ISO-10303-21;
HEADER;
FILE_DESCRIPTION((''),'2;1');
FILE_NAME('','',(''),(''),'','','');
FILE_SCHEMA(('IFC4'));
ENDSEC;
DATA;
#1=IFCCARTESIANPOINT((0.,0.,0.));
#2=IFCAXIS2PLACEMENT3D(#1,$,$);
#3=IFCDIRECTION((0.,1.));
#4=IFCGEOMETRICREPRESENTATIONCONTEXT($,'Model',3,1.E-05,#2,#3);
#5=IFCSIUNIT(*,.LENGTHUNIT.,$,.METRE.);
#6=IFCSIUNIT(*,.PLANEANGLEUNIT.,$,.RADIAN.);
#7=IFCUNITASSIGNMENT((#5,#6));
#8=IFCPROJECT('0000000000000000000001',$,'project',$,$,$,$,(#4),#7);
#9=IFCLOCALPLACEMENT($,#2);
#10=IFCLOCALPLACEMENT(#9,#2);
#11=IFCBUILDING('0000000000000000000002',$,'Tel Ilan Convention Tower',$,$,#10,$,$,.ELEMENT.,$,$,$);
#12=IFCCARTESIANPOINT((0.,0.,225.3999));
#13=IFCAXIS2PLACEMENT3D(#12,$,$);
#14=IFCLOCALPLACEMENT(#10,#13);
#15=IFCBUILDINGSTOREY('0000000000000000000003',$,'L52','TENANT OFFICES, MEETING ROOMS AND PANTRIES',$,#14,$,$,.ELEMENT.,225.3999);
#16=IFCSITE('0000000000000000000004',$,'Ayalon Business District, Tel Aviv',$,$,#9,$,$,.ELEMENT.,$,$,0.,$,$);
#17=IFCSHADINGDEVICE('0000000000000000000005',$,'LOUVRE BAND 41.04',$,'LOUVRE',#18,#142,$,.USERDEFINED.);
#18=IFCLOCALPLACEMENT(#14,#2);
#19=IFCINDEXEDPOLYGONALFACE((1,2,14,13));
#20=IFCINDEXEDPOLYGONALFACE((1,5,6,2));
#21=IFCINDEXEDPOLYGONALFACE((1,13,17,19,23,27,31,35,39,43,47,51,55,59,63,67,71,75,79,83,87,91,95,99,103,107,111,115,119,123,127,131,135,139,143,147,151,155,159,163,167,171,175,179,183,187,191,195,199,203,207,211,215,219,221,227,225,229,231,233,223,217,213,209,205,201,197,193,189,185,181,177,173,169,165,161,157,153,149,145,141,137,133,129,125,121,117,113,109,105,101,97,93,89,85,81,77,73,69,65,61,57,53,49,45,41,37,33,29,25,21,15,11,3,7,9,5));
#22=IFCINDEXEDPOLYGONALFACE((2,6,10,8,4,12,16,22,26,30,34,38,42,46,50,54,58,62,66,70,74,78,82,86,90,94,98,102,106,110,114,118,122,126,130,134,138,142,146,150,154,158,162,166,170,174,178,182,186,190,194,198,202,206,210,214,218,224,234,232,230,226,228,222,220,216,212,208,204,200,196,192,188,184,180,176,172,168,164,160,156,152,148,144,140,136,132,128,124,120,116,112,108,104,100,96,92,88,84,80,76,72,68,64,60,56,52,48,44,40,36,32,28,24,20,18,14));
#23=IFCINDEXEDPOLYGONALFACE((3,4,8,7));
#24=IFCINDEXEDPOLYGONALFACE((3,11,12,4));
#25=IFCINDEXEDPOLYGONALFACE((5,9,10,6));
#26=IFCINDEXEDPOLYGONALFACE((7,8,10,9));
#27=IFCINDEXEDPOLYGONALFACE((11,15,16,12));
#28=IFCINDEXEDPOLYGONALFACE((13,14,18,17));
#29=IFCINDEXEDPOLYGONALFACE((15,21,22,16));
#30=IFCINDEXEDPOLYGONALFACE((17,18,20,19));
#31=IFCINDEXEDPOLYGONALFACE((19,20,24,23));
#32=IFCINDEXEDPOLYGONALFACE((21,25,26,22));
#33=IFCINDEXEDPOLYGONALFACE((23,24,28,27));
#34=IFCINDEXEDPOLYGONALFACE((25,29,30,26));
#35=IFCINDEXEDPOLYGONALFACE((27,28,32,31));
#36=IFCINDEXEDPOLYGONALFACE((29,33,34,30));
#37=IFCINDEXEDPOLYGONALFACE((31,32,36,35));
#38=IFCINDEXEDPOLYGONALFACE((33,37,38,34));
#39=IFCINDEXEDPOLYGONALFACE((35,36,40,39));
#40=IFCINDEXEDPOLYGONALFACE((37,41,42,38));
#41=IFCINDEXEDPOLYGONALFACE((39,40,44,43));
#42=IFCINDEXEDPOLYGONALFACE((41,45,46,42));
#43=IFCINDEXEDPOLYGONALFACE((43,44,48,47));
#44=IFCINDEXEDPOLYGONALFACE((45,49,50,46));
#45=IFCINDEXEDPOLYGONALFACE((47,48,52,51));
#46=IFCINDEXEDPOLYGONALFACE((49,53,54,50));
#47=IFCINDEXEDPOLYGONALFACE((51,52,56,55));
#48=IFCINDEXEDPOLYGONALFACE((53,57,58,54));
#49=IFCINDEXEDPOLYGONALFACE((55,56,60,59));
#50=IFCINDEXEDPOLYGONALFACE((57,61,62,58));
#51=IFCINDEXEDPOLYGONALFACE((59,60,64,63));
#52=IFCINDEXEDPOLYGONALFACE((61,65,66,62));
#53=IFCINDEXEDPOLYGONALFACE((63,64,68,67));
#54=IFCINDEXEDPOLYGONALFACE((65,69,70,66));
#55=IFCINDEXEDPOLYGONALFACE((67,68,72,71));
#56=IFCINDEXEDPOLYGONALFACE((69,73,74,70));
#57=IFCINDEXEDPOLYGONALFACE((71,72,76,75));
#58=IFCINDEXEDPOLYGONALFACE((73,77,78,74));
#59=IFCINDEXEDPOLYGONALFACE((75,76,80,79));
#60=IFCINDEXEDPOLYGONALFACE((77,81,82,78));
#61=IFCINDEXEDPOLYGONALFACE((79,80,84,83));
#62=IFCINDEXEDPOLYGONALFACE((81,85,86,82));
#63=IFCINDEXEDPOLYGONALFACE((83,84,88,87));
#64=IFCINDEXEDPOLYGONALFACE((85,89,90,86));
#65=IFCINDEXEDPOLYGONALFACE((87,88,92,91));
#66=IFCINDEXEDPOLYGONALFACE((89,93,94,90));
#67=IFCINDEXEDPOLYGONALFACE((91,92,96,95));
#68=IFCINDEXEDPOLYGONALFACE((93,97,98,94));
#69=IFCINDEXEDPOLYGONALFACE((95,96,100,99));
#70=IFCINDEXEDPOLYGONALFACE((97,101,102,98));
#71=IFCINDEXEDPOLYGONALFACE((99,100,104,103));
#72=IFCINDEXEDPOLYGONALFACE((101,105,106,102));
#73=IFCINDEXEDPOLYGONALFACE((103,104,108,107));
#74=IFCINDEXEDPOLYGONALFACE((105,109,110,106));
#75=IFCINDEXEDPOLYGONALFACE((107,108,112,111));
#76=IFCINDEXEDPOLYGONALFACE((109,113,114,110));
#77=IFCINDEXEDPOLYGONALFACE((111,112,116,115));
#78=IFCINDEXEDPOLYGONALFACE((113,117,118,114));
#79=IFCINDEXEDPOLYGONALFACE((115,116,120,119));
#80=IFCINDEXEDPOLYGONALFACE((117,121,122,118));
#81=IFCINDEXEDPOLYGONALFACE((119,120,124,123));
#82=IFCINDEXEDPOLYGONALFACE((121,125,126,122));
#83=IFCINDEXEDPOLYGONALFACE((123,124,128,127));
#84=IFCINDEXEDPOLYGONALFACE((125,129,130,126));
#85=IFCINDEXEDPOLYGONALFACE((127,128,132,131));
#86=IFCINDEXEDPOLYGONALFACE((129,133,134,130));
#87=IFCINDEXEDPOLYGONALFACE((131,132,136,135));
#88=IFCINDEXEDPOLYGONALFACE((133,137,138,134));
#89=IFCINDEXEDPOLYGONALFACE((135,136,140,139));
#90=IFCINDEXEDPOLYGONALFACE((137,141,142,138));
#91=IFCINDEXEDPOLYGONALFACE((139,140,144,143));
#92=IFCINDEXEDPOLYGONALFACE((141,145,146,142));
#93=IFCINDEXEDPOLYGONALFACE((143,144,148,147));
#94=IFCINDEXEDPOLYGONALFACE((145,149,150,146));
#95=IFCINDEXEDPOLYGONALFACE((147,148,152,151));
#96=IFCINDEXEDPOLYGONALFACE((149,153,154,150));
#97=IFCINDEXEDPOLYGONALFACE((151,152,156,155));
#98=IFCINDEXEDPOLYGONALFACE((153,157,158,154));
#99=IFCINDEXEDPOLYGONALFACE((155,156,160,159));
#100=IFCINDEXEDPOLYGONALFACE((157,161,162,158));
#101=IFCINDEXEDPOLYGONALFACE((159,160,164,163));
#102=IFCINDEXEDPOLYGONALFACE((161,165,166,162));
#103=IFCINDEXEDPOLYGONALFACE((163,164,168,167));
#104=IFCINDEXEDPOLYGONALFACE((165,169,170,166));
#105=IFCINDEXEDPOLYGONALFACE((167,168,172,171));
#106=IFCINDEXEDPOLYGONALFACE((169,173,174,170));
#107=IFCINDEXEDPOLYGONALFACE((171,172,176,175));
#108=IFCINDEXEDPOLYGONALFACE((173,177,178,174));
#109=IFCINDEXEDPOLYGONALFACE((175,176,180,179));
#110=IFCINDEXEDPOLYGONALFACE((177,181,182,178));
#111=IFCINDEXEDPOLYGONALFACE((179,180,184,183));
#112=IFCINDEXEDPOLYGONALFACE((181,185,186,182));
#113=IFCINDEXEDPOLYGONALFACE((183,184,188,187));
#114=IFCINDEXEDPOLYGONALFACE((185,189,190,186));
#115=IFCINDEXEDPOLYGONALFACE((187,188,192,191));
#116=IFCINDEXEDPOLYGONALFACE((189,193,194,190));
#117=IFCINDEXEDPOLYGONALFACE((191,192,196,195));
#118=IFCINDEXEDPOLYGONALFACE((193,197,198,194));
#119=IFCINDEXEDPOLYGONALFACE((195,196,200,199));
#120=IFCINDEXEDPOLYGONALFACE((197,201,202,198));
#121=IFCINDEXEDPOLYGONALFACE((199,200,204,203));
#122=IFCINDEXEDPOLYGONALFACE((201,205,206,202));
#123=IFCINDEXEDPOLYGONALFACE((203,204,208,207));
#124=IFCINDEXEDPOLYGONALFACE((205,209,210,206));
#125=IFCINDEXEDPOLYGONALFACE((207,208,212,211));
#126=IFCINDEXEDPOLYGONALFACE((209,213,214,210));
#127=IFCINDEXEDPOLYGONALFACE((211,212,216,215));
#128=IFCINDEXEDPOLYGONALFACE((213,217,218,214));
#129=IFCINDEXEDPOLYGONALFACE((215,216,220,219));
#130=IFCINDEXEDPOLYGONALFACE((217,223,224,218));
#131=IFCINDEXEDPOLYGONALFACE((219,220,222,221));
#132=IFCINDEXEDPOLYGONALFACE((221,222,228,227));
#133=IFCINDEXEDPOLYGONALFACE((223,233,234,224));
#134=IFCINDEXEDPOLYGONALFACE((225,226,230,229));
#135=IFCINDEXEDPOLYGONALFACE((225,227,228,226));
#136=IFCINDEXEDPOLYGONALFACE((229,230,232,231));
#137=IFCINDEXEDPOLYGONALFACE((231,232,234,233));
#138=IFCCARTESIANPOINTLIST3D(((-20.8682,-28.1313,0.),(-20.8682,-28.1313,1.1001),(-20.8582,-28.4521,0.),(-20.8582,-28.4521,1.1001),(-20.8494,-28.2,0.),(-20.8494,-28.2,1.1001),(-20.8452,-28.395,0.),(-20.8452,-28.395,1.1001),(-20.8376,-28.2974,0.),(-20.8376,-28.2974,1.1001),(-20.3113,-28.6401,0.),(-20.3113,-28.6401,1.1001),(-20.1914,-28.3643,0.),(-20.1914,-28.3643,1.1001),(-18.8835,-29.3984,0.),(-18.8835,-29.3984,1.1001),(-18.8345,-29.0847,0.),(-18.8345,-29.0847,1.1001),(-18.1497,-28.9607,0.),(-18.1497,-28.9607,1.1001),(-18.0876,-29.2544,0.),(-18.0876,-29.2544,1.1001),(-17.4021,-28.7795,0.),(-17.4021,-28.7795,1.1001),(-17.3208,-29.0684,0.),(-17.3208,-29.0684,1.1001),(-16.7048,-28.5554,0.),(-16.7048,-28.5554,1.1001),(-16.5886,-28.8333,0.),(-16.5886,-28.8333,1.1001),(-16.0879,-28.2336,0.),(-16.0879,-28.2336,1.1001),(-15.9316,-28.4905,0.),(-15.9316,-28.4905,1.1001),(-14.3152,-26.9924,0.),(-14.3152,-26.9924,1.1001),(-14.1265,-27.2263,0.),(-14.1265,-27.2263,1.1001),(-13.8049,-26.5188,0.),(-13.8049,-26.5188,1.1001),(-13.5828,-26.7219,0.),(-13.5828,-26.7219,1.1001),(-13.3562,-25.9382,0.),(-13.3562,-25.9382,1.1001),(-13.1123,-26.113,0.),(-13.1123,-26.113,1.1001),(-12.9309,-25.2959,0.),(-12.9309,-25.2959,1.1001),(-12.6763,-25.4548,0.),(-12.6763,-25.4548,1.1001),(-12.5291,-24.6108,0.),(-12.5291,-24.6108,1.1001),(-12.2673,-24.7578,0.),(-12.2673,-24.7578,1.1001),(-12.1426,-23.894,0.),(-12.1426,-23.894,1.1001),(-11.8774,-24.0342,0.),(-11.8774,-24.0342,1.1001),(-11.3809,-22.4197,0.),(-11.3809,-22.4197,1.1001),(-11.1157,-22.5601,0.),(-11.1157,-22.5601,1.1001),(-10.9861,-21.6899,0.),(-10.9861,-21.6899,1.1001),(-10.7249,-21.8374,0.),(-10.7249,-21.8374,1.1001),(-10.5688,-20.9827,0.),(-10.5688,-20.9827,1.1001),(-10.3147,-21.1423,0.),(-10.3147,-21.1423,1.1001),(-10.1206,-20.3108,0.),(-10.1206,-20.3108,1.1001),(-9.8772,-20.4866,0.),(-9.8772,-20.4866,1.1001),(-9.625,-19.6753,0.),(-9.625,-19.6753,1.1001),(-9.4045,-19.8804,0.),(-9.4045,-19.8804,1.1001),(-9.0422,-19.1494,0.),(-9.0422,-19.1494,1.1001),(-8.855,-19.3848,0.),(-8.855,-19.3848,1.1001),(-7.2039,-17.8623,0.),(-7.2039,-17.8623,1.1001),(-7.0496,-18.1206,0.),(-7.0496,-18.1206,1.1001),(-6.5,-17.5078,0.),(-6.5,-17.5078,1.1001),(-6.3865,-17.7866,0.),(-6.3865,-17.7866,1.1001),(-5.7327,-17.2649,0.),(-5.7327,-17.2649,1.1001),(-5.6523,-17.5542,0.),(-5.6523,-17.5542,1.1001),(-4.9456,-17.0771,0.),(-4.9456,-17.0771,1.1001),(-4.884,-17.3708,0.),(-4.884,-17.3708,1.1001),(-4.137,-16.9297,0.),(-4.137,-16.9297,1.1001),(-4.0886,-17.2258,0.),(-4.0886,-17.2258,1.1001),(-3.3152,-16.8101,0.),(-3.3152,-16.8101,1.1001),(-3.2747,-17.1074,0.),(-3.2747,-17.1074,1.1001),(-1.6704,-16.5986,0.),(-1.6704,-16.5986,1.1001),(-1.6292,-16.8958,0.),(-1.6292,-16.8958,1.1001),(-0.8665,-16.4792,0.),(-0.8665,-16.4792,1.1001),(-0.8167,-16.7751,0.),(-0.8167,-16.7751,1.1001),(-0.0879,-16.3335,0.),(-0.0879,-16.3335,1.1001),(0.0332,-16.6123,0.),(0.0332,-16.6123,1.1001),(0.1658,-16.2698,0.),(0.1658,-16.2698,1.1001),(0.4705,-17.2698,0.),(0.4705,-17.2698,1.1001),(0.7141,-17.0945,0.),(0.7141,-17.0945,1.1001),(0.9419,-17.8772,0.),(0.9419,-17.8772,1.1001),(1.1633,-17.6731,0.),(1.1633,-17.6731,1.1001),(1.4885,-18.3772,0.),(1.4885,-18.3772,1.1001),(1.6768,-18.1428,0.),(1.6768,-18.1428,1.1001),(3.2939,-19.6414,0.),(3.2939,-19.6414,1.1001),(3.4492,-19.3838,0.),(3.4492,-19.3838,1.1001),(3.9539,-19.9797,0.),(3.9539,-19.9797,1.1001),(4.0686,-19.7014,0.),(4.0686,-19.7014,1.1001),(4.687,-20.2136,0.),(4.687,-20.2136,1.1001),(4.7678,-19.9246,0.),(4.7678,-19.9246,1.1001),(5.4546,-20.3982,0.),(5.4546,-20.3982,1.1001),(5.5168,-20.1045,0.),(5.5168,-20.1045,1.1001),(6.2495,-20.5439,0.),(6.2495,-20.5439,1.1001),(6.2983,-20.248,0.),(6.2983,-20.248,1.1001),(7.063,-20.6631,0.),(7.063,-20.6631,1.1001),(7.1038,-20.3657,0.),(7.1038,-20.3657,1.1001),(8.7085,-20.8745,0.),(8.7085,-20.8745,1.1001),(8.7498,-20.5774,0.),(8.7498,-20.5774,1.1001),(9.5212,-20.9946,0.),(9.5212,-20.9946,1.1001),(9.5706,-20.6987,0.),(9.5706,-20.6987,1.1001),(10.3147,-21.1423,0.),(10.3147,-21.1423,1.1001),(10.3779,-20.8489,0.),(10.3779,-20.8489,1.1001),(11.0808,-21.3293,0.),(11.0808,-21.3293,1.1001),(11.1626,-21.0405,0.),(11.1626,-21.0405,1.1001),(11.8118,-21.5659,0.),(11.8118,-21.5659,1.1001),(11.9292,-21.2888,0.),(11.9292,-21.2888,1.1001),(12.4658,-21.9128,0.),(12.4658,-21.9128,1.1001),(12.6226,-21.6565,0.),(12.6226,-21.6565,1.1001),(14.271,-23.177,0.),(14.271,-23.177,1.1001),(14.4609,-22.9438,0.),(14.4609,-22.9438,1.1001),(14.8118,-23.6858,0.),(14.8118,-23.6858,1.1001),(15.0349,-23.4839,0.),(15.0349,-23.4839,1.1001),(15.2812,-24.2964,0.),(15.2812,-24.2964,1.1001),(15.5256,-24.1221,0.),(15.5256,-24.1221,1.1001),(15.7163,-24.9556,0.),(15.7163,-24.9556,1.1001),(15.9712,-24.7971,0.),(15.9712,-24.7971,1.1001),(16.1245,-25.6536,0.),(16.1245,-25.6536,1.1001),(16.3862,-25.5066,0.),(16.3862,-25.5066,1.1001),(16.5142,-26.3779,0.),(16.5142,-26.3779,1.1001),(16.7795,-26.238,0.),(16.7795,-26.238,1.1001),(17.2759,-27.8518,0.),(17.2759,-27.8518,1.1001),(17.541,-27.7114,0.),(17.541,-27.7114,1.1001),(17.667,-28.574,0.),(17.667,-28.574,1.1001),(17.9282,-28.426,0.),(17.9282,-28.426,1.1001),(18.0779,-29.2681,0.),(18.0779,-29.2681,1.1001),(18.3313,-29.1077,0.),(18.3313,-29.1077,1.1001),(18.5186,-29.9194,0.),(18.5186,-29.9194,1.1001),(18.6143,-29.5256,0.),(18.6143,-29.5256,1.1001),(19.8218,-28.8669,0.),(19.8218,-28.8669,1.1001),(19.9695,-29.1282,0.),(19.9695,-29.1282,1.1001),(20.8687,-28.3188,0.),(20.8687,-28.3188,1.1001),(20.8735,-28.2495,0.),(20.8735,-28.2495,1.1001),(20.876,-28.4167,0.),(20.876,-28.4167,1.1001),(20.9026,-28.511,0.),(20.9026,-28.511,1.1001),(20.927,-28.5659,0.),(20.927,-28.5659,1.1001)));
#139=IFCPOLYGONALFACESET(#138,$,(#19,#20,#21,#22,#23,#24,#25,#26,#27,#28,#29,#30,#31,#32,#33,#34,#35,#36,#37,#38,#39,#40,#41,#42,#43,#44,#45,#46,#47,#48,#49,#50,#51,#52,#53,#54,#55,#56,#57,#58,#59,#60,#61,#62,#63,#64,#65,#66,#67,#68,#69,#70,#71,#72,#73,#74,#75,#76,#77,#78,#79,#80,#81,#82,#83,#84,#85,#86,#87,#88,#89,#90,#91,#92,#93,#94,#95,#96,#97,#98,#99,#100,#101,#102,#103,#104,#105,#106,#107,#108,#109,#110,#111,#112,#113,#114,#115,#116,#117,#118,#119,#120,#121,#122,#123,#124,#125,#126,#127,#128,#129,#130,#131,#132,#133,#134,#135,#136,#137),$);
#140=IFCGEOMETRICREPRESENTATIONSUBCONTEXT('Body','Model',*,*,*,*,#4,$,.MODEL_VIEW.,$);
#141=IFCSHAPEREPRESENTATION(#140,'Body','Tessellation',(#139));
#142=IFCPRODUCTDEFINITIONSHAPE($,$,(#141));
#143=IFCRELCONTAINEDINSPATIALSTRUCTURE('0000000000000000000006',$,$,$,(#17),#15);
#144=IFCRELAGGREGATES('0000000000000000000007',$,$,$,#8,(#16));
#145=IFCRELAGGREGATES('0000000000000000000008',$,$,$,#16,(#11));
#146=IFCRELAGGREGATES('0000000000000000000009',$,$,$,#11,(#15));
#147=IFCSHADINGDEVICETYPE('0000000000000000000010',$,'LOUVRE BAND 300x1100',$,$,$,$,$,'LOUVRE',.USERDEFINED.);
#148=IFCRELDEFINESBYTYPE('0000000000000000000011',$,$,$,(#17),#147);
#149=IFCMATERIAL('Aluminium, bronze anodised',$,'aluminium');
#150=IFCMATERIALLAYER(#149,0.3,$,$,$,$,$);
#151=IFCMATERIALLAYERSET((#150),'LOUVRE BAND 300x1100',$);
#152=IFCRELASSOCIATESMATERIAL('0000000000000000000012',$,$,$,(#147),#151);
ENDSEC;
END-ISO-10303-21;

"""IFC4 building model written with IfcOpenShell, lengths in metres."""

from ifc_helpers import new_model, si_unit, direction, frame, origin, place, context, subcontext, project, spatial, polyline, outline, extrude, material, layer, layer_set, type_object, element, save


model = new_model("IFC4")

# Units and contexts
model_context = context("Model", 3, precision=1e-05, world=origin(), true_north=direction((0.0, 1.0)))
body_context = subcontext(model_context, "Body", "Model", "MODEL_VIEW")
ifc_project = project(units=[si_unit("LENGTHUNIT", "METRE"), si_unit("PLANEANGLEUNIT", "RADIAN")], contexts=[model_context])

# Site, building, storey
site_placement = place(None, origin())
site = spatial("IfcSite", under=ifc_project, at=site_placement, Name="Ayalon Business District, Tel Aviv", CompositionType="ELEMENT", RefElevation=0.0)
building_placement = place(site_placement, origin())
building = spatial("IfcBuilding", under=site, at=building_placement, Name="Tel Ilan Convention Tower", CompositionType="ELEMENT")
storey_placement = place(building_placement, frame((0.0, 0.0, 225.3999)))
storey = spatial("IfcBuildingStorey", under=building, at=storey_placement, Name="L52", Description="TENANT OFFICES, MEETING ROOMS AND PANTRIES", CompositionType="ELEMENT", Elevation=225.3999)

# Shading device
ifc_material_1 = material(Name="Aluminium, bronze anodised", Category="aluminium")
ifc_layer_1 = layer(ifc_material_1, 0.3)
ifc_layer_set_1 = layer_set([ifc_layer_1], Name="LOUVRE BAND 300x1100")
shading_device_type_1 = type_object("IfcShadingDeviceType", Name="LOUVRE BAND 300x1100", ElementType="LOUVRE", PredefinedType="USERDEFINED", material=ifc_layer_set_1)
shading_device_1_placement = place(storey_placement, origin())
element("IfcShadingDevice", 1, at=shading_device_1_placement, inside=storey, type_object=shading_device_type_1, Name="LOUVRE BAND 41.04", ObjectType="LOUVRE", PredefinedType="USERDEFINED", context=body_context, shape_type="SweptSolid", body=[
    extrude(outline(polyline([(-20.8682, -28.1313), (-20.8494, -28.2), (-20.8376, -28.2974), (-20.8452, -28.395), (-20.8582, -28.4521), (-20.3113, -28.6401), (-18.8835, -29.3984), (-18.0876, -29.2544), (-17.3208, -29.0684), (-16.5886, -28.8333), (-15.9316, -28.4905), (-14.1265, -27.2263), (-13.5828, -26.7219), (-13.1123, -26.113), (-12.6763, -25.4548), (-12.2673, -24.7578), (-11.8774, -24.0342), (-11.1157, -22.5601), (-10.7249, -21.8374), (-10.3147, -21.1423), (-9.8772, -20.4866), (-9.4045, -19.8804), (-8.855, -19.3848), (-7.0496, -18.1206), (-6.3865, -17.7866), (-5.6523, -17.5542), (-4.884, -17.3708), (-4.0886, -17.2258), (-3.2747, -17.1074), (-1.6292, -16.8958), (-0.8167, -16.7751), (0.0332, -16.6123), (0.4705, -17.2698), (0.9419, -17.8772), (1.4885, -18.3772), (3.2939, -19.6414), (3.9539, -19.9797), (4.687, -20.2136), (5.4546, -20.3982), (6.2495, -20.5439), (7.063, -20.6631), (8.7085, -20.8745), (9.5212, -20.9946), (10.3147, -21.1423), (11.0808, -21.3293), (11.8118, -21.5659), (12.4658, -21.9128), (14.271, -23.177), (14.8118, -23.6858), (15.2812, -24.2964), (15.7163, -24.9556), (16.1245, -25.6536), (16.5142, -26.3779), (17.2759, -27.8518), (17.667, -28.574), (18.0779, -29.2681), (18.5186, -29.9194), (19.9695, -29.1282), (20.927, -28.5659), (20.9026, -28.511), (20.876, -28.4167), (20.8687, -28.3188), (20.8735, -28.2495), (19.8218, -28.8669), (18.6143, -29.5256), (18.3313, -29.1077), (17.9282, -28.426), (17.541, -27.7114), (16.7795, -26.238), (16.3862, -25.5066), (15.9712, -24.7971), (15.5256, -24.1221), (15.0349, -23.4839), (14.4609, -22.9438), (12.6226, -21.6565), (11.9292, -21.2888), (11.1626, -21.0405), (10.3779, -20.8489), (9.5706, -20.6987), (8.7498, -20.5774), (7.1038, -20.3657), (6.2983, -20.248), (5.5168, -20.1045), (4.7678, -19.9246), (4.0686, -19.7014), (3.4492, -19.3838), (1.6768, -18.1428), (1.1633, -17.6731), (0.7141, -17.0945), (0.1658, -16.2698), (-0.0879, -16.3335), (-0.8665, -16.4792), (-1.6704, -16.5986), (-3.3152, -16.8101), (-4.137, -16.9297), (-4.9456, -17.0771), (-5.7327, -17.2649), (-6.5, -17.5078), (-7.2039, -17.8623), (-9.0422, -19.1494), (-9.625, -19.6753), (-10.1206, -20.3108), (-10.5688, -20.9827), (-10.9861, -21.6899), (-11.3809, -22.4197), (-12.1426, -23.894), (-12.5291, -24.6108), (-12.9309, -25.2959), (-13.3562, -25.9382), (-13.8049, -26.5188), (-14.3152, -26.9924), (-16.0879, -28.2336), (-16.7048, -28.5554), (-17.4021, -28.7795), (-18.1497, -28.9607), (-18.8345, -29.0847), (-20.1914, -28.3643), (-20.8682, -28.1313)])), origin(), (0.0, 0.0, 1.0), 1.1001),
])

save(model, "model.ifc")
